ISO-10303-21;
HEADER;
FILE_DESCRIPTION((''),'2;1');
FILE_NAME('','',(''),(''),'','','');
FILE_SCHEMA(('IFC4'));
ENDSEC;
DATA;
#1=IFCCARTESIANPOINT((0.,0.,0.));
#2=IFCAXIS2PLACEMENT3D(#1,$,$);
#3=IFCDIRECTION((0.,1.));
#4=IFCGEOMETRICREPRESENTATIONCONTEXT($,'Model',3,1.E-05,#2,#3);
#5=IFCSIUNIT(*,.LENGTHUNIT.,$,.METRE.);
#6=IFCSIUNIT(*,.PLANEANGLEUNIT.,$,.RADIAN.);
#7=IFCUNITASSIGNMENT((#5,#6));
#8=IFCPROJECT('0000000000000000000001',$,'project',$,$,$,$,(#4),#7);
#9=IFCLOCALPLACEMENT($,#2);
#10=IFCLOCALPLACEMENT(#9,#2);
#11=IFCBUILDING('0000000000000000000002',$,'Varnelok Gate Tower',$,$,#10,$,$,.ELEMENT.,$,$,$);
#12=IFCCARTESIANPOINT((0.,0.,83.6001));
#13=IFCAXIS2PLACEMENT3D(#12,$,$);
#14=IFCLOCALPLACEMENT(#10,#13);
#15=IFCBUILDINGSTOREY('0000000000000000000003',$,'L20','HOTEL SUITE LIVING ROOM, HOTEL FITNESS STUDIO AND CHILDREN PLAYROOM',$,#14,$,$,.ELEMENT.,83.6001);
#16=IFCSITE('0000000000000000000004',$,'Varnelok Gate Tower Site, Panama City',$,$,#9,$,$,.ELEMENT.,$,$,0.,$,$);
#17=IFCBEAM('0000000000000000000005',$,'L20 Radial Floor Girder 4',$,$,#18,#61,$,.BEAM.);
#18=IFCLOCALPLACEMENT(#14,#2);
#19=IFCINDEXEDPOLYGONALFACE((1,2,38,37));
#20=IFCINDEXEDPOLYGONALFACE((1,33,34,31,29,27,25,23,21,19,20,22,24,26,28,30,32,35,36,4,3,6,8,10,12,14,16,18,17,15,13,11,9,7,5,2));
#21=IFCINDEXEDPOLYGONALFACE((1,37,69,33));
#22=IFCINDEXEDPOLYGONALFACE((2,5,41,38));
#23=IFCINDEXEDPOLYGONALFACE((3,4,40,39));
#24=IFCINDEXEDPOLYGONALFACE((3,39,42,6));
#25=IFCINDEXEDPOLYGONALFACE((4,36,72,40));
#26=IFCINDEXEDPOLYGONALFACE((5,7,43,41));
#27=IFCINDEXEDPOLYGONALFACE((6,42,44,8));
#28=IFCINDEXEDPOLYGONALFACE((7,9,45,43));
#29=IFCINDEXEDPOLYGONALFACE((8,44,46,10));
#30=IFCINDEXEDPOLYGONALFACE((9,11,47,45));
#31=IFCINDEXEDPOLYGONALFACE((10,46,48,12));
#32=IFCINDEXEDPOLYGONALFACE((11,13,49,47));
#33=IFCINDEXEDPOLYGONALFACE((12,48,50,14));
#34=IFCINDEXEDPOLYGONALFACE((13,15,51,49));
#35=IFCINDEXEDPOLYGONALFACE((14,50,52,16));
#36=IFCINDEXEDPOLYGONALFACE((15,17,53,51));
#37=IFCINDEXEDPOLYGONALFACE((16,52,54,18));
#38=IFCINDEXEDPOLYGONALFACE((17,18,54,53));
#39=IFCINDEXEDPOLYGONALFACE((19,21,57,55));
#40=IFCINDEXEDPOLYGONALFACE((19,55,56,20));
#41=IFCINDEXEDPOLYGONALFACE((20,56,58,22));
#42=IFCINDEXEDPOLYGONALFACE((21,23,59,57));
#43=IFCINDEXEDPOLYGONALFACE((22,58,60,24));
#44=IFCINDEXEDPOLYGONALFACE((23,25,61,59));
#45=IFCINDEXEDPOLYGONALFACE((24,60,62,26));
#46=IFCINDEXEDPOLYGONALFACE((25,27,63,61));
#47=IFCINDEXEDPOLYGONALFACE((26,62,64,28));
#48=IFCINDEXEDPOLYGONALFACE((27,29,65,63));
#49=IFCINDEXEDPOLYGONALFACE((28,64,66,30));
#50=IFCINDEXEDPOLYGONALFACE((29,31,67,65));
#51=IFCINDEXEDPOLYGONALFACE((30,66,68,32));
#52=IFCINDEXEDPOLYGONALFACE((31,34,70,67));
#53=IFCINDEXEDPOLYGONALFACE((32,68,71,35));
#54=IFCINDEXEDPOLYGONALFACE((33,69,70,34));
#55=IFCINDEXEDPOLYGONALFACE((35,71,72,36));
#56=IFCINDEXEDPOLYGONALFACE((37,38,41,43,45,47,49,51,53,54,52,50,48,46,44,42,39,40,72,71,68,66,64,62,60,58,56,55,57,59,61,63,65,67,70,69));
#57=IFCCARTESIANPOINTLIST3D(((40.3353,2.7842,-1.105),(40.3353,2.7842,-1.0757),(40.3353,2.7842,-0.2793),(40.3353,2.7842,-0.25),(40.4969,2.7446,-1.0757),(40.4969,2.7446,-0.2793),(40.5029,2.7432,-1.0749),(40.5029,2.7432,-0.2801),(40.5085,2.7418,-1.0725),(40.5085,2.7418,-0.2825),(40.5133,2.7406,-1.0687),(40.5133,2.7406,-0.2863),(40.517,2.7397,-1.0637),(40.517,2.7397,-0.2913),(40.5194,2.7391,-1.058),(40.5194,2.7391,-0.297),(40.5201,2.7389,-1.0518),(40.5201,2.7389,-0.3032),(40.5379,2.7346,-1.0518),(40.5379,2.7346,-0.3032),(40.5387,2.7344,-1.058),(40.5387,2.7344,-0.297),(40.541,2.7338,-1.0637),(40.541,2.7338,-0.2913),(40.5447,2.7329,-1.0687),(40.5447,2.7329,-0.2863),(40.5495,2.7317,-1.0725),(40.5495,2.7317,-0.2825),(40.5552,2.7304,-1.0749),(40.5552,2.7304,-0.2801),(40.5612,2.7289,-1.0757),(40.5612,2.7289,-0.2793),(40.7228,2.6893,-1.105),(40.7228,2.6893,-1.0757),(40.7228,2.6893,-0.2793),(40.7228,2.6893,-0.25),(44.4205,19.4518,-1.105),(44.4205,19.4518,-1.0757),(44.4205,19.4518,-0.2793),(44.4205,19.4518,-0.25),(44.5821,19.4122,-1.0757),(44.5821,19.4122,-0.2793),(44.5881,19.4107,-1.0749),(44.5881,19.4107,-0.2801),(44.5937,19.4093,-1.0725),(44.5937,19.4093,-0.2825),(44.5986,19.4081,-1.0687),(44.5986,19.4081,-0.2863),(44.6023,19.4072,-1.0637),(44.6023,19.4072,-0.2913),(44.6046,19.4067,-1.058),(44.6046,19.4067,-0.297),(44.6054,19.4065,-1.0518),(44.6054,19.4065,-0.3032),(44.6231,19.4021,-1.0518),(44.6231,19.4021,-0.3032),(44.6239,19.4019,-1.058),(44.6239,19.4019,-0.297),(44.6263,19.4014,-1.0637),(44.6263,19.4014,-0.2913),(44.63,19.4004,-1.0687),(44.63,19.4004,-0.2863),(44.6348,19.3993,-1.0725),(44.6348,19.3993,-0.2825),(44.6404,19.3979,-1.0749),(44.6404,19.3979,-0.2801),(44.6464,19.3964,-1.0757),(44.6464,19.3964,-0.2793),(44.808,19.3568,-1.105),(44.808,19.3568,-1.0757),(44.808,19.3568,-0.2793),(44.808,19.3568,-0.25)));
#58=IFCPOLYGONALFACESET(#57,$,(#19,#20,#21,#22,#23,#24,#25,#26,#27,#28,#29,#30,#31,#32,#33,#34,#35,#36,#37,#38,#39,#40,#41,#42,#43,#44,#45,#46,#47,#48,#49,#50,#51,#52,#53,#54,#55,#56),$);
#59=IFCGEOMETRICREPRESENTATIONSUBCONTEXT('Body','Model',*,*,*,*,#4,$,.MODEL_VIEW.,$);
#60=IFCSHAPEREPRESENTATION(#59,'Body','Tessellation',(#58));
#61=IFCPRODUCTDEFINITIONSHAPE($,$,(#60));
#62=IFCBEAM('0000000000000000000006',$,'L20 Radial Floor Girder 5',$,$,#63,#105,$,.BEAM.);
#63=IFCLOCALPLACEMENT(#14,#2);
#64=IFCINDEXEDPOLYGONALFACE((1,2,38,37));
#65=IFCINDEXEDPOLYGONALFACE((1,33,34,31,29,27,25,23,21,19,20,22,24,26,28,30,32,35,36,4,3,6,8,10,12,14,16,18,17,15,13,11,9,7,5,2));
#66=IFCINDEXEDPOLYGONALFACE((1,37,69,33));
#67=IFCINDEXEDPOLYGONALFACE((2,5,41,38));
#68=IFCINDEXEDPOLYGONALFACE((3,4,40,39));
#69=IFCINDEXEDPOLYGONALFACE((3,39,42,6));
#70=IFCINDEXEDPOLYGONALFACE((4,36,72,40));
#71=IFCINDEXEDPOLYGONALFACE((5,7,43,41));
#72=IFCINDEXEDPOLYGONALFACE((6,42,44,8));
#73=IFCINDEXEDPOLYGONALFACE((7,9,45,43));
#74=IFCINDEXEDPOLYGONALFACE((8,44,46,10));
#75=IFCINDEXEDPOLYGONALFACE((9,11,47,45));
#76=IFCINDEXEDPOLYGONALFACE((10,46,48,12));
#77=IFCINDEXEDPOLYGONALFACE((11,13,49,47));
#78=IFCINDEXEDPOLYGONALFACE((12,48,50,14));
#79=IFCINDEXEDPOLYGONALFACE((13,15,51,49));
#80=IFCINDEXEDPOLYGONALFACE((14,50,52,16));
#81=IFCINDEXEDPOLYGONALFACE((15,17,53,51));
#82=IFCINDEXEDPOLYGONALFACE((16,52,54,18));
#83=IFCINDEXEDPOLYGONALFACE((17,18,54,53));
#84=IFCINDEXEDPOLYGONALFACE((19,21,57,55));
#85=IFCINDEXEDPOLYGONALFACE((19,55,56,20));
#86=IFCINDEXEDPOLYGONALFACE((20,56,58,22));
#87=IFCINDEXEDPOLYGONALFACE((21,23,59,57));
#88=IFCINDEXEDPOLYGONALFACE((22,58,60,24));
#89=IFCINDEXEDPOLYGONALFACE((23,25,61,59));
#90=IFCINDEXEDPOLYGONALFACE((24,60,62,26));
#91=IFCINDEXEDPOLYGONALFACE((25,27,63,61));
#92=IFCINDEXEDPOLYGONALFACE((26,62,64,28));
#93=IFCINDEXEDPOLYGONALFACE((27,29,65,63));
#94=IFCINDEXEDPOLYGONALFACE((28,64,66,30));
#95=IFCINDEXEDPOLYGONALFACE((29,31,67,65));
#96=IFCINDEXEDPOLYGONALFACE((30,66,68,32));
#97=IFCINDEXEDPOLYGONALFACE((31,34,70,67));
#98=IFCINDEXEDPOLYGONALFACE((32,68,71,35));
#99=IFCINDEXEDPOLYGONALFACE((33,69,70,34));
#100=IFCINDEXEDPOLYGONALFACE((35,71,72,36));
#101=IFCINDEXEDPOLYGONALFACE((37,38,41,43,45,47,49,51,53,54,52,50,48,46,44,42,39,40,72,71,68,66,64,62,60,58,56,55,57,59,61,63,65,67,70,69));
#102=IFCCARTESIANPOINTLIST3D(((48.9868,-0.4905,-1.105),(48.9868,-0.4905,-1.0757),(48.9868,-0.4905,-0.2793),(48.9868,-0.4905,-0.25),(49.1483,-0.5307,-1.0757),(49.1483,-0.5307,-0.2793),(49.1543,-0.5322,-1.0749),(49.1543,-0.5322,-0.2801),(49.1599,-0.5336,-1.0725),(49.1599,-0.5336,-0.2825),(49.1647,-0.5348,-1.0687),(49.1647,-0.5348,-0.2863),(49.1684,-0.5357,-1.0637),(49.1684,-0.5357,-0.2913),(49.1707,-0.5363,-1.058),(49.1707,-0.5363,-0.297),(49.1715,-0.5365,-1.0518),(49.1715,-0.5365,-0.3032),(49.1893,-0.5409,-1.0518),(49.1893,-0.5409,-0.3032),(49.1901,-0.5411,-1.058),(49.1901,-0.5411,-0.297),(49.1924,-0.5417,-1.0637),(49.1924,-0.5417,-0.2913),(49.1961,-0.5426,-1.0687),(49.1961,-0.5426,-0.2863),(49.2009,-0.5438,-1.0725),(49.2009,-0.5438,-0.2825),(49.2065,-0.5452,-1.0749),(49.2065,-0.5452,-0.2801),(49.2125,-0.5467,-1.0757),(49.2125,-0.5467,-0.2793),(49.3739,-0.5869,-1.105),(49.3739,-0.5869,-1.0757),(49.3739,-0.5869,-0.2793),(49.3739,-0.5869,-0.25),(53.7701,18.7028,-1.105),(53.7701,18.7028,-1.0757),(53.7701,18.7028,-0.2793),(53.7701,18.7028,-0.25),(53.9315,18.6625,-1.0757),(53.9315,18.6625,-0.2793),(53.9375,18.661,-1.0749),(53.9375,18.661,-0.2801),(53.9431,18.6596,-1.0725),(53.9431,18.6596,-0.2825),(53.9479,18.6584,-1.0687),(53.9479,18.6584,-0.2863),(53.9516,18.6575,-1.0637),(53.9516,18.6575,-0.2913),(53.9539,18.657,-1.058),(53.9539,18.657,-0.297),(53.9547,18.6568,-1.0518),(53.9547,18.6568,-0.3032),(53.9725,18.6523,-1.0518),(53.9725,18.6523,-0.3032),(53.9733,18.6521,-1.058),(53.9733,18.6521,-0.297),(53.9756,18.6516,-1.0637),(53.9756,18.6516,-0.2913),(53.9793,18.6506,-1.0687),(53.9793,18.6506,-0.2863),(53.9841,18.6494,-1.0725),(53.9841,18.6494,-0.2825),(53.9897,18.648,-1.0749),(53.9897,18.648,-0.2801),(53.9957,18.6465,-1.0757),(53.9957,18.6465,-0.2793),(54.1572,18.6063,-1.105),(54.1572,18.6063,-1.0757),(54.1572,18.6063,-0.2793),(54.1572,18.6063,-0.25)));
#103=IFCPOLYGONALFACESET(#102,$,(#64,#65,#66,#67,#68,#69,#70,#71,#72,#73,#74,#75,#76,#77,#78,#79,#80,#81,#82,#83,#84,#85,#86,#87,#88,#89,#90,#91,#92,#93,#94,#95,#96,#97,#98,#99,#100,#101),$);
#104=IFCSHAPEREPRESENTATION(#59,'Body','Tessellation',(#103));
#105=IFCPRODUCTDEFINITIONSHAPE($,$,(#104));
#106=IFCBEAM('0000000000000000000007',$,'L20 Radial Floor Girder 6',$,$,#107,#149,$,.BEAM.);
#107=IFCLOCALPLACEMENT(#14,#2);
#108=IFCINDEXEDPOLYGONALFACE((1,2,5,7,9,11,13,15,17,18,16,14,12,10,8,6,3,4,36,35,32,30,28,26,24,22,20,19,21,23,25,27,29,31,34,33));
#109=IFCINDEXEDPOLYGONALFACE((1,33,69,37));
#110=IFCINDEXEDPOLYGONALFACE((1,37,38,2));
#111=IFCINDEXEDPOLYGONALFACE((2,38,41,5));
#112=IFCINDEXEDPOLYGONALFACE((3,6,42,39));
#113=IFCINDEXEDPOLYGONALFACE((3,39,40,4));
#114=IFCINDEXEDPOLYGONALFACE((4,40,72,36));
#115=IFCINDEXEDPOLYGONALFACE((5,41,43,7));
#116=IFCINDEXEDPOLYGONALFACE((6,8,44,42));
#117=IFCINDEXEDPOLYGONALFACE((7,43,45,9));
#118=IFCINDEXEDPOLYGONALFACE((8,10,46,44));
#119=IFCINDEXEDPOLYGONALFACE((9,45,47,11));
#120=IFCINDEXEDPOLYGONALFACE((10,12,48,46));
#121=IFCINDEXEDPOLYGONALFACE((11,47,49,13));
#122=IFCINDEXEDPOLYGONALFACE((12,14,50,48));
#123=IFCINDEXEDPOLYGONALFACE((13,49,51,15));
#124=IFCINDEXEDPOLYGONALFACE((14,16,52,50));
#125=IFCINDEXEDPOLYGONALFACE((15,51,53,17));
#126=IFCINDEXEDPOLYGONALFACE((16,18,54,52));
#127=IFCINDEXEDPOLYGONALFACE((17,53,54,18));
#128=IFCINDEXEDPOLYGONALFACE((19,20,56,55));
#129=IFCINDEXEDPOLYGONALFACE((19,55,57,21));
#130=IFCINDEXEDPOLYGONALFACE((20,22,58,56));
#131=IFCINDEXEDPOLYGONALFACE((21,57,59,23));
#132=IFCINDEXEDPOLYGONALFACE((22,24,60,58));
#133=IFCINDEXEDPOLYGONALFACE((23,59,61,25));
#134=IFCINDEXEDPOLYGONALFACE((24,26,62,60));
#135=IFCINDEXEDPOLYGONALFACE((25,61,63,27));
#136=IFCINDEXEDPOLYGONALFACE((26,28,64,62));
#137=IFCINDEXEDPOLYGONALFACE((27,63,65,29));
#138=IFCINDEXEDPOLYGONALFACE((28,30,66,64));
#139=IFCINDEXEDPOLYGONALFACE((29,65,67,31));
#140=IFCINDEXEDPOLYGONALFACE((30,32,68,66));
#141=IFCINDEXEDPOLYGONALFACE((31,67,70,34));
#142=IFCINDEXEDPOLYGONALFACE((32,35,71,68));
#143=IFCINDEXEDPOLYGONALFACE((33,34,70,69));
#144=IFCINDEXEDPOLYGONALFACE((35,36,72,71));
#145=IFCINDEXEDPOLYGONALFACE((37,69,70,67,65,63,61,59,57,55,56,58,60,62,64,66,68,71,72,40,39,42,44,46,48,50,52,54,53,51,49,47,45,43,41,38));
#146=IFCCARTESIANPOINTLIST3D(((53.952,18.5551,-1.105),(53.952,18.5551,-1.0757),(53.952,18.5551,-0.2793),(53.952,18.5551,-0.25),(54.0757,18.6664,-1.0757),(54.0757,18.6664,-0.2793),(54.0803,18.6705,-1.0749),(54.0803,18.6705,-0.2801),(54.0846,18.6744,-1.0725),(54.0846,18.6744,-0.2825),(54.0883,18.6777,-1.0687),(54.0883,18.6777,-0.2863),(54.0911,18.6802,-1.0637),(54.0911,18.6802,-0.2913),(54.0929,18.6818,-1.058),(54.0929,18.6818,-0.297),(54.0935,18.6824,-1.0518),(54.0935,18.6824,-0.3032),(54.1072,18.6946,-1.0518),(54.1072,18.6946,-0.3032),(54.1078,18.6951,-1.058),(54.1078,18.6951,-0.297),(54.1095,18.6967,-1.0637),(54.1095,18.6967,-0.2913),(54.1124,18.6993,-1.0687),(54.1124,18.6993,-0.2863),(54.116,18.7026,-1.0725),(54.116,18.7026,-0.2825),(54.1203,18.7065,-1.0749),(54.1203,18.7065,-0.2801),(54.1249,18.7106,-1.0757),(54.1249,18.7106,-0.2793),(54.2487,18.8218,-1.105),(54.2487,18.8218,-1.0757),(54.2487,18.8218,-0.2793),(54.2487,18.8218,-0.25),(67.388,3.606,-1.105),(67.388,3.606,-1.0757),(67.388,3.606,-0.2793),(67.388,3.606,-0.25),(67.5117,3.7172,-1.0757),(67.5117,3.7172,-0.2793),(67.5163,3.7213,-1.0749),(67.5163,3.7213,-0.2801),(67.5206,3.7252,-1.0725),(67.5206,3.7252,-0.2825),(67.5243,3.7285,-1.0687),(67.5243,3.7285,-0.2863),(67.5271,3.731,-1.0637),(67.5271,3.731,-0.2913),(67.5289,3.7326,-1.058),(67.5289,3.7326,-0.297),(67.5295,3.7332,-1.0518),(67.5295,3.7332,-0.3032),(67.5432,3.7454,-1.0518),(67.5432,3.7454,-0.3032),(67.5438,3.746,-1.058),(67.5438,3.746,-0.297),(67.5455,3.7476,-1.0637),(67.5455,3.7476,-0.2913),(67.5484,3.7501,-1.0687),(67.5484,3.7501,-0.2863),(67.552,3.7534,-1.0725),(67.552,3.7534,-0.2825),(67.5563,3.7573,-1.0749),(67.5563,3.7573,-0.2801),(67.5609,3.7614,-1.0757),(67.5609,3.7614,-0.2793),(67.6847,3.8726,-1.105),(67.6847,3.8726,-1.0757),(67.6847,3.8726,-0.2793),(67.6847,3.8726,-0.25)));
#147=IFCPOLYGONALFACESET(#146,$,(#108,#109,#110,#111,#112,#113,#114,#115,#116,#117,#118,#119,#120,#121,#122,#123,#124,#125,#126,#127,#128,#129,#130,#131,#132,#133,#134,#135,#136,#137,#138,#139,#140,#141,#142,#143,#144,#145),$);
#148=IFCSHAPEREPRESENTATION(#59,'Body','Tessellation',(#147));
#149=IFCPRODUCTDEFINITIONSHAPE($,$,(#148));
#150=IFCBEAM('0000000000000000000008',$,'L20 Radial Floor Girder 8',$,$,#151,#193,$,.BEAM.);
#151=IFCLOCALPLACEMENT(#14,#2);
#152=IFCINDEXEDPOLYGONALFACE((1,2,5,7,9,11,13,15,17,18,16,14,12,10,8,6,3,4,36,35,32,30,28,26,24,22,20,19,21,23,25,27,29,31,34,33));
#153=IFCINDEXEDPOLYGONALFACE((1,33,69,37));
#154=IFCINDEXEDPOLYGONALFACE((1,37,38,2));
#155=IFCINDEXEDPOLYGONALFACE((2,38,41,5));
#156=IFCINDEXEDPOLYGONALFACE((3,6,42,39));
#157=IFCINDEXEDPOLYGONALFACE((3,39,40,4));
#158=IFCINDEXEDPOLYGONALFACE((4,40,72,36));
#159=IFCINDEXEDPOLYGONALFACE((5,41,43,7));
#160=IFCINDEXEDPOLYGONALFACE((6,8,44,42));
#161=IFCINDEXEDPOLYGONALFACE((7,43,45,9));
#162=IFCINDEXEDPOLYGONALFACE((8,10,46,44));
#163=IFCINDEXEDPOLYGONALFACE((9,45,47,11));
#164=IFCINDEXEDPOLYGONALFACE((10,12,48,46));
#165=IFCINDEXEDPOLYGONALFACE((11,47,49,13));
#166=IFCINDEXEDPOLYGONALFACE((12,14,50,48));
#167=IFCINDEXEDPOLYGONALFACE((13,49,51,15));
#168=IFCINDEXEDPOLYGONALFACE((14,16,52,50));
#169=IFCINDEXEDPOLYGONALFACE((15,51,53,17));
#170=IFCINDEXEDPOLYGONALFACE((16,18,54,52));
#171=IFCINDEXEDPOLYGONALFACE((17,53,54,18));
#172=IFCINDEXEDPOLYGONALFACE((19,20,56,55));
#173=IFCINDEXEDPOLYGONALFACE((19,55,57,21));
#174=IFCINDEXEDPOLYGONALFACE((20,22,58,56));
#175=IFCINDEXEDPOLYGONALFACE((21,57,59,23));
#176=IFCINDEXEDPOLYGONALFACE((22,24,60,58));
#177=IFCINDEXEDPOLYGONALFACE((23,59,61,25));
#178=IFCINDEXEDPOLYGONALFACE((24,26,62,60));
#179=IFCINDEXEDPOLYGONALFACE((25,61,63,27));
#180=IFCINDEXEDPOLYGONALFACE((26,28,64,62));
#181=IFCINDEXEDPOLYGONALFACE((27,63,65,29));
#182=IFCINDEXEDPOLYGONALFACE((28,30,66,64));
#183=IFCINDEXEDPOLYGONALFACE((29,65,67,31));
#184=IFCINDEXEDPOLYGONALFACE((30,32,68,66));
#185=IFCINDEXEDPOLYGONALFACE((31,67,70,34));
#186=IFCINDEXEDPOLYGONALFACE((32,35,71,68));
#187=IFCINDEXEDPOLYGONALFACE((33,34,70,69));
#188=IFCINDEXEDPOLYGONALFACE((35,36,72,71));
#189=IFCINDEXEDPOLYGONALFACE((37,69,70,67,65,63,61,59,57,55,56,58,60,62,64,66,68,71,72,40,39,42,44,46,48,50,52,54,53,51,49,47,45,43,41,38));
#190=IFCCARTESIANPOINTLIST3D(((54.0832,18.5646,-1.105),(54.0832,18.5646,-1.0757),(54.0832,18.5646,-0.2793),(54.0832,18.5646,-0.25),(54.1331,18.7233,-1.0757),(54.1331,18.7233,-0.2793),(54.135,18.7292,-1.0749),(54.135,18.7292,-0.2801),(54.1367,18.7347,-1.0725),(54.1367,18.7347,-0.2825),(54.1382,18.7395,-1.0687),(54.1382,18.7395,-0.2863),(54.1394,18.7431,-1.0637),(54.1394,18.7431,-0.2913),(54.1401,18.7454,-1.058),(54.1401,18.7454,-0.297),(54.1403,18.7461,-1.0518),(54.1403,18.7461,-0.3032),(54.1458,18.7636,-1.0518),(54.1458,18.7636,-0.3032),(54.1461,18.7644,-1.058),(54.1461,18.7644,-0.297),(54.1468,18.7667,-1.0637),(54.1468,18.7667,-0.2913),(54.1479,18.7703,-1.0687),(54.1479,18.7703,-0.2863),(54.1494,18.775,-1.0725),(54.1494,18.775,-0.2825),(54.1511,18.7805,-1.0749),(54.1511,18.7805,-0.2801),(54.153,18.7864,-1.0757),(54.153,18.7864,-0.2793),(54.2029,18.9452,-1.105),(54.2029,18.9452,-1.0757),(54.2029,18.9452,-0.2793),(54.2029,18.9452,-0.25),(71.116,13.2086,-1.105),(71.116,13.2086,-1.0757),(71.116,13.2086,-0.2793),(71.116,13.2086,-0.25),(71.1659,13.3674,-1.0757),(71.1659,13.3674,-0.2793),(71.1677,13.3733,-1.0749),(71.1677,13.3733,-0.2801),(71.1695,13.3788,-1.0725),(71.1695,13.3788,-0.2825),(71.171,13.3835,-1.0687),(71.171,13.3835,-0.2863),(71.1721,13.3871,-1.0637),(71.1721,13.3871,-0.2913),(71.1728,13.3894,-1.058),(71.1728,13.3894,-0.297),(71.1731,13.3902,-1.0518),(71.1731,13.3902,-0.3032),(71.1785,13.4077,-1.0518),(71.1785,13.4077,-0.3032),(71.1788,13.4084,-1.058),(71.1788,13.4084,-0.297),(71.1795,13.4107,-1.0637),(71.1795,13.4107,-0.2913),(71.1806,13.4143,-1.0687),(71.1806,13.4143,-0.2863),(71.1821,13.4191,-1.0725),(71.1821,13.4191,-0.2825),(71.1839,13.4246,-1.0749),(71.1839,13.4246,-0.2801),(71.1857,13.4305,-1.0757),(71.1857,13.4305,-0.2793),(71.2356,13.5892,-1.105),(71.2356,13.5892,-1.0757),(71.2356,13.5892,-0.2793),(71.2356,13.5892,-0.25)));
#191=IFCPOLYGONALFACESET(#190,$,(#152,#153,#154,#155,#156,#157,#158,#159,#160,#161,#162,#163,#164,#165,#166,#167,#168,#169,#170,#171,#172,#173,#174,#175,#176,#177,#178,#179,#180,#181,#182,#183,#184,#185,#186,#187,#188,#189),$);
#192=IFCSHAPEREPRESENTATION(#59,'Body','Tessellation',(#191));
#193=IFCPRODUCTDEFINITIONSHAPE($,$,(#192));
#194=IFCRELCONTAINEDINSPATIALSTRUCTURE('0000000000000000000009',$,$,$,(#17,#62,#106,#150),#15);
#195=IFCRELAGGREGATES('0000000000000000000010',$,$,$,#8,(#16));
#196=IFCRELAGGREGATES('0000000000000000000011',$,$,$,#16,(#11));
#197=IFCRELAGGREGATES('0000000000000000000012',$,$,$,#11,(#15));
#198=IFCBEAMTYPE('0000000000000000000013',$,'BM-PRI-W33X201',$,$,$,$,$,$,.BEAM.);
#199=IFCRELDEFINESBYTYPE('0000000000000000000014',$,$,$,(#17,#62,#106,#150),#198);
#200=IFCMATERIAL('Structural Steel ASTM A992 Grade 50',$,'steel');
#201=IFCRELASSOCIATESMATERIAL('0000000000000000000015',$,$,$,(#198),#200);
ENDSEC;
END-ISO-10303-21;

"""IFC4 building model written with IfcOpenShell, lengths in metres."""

from ifc_helpers import new_model, si_unit, direction, frame, origin, origin_2d, place, context, subcontext, project, spatial, i_section, extrude, material, material_profile, profile_set, type_object, element, save


model = new_model("IFC4")

# Units and contexts
model_context = context("Model", 3, precision=1e-05, world=origin(), true_north=direction((0.0, 1.0)))
body_context = subcontext(model_context, "Body", "Model", "MODEL_VIEW")
ifc_project = project(units=[si_unit("LENGTHUNIT", "METRE"), si_unit("PLANEANGLEUNIT", "RADIAN")], contexts=[model_context])

# Site, building, storey
site_placement = place(None, origin())
site = spatial("IfcSite", under=ifc_project, at=site_placement, Name="Varnelok Gate Tower Site, Panama City", CompositionType="ELEMENT", RefElevation=0.0)
building_placement = place(site_placement, origin())
building = spatial("IfcBuilding", under=site, at=building_placement, Name="Varnelok Gate Tower", CompositionType="ELEMENT")
storey_placement = place(building_placement, frame((0.0, 0.0, 83.6001)))
storey = spatial("IfcBuildingStorey", under=building, at=storey_placement, Name="L20", Description="HOTEL SUITE LIVING ROOM, HOTEL FITNESS STUDIO AND CHILDREN PLAYROOM", CompositionType="ELEMENT", Elevation=83.6001)

# Shared definitions
ifc_material_1 = material(Name="Structural Steel ASTM A992 Grade 50", Category="steel")

# Beams
ifc_material_profile_1 = material_profile(ifc_material_1, i_section(OverallWidth=0.3989, OverallDepth=0.855, WebThickness=0.0183, FlangeThickness=0.0293, FilletRadius=0.0239, at=origin_2d()), Name="W33X201")
ifc_profile_set_1 = profile_set([ifc_material_profile_1], Name="Structural Steel ASTM A992 Grade 50")
beam_type_1 = type_object("IfcBeamType", Name="BM-PRI-W33X201", PredefinedType="BEAM", material=ifc_profile_set_1)
beam_1_placement = place(storey_placement, frame((44.6143, 19.4043, -0.6775), z_axis=(-0.238054, -0.971252, 0.0), x_axis=(0.971252, -0.238054, 0.0)))
element("IfcBeam", 1, at=beam_1_placement, inside=storey, type_object=beam_type_1, Name="L20 Radial Floor Girder 4", PredefinedType="BEAM", context=body_context, shape_type="SweptSolid", body=[
    extrude(i_section(OverallWidth=0.3989, OverallDepth=0.855, WebThickness=0.0183, FlangeThickness=0.0293, FilletRadius=0.0239, at=origin_2d()), origin(), (0.0, 0.0, 1.0), 17.1609),
])
beam_2_placement = place(storey_placement, frame((53.9636, 18.6545, -0.6775), z_axis=(-0.241818, -0.970322, 0.0), x_axis=(0.970322, -0.241818, 0.0)))
element("IfcBeam", 2, at=beam_2_placement, inside=storey, type_object=beam_type_1, Name="L20 Radial Floor Girder 5", PredefinedType="BEAM", context=body_context, shape_type="SweptSolid", body=[
    extrude(i_section(OverallWidth=0.3989, OverallDepth=0.855, WebThickness=0.0183, FlangeThickness=0.0293, FilletRadius=0.0239, at=origin_2d()), origin(), (0.0, 0.0, 1.0), 19.7803),
])
beam_3_placement = place(storey_placement, frame((54.1003, 18.6885, -0.6775), z_axis=(0.668463, -0.743746, 0.0), x_axis=(0.743746, 0.668463, 0.0)))
element("IfcBeam", 3, at=beam_3_placement, inside=storey, type_object=beam_type_1, Name="L20 Radial Floor Girder 6", PredefinedType="BEAM", context=body_context, shape_type="SweptSolid", body=[
    extrude(i_section(OverallWidth=0.3989, OverallDepth=0.855, WebThickness=0.0183, FlangeThickness=0.0293, FilletRadius=0.0239, at=origin_2d()), origin(), (0.0, 0.0, 1.0), 20.0999),
])
beam_4_placement = place(storey_placement, frame((54.1431, 18.7549, -0.6775), z_axis=(0.953949, -0.29997, 0.0), x_axis=(0.29997, 0.953949, 0.0)))
element("IfcBeam", 4, at=beam_4_placement, inside=storey, type_object=beam_type_1, Name="L20 Radial Floor Girder 8", PredefinedType="BEAM", context=body_context, shape_type="SweptSolid", body=[
    extrude(i_section(OverallWidth=0.3989, OverallDepth=0.855, WebThickness=0.0183, FlangeThickness=0.0293, FilletRadius=0.0239, at=origin_2d()), origin(), (0.0, 0.0, 1.0), 17.855),
])

save(model, "model.ifc")
